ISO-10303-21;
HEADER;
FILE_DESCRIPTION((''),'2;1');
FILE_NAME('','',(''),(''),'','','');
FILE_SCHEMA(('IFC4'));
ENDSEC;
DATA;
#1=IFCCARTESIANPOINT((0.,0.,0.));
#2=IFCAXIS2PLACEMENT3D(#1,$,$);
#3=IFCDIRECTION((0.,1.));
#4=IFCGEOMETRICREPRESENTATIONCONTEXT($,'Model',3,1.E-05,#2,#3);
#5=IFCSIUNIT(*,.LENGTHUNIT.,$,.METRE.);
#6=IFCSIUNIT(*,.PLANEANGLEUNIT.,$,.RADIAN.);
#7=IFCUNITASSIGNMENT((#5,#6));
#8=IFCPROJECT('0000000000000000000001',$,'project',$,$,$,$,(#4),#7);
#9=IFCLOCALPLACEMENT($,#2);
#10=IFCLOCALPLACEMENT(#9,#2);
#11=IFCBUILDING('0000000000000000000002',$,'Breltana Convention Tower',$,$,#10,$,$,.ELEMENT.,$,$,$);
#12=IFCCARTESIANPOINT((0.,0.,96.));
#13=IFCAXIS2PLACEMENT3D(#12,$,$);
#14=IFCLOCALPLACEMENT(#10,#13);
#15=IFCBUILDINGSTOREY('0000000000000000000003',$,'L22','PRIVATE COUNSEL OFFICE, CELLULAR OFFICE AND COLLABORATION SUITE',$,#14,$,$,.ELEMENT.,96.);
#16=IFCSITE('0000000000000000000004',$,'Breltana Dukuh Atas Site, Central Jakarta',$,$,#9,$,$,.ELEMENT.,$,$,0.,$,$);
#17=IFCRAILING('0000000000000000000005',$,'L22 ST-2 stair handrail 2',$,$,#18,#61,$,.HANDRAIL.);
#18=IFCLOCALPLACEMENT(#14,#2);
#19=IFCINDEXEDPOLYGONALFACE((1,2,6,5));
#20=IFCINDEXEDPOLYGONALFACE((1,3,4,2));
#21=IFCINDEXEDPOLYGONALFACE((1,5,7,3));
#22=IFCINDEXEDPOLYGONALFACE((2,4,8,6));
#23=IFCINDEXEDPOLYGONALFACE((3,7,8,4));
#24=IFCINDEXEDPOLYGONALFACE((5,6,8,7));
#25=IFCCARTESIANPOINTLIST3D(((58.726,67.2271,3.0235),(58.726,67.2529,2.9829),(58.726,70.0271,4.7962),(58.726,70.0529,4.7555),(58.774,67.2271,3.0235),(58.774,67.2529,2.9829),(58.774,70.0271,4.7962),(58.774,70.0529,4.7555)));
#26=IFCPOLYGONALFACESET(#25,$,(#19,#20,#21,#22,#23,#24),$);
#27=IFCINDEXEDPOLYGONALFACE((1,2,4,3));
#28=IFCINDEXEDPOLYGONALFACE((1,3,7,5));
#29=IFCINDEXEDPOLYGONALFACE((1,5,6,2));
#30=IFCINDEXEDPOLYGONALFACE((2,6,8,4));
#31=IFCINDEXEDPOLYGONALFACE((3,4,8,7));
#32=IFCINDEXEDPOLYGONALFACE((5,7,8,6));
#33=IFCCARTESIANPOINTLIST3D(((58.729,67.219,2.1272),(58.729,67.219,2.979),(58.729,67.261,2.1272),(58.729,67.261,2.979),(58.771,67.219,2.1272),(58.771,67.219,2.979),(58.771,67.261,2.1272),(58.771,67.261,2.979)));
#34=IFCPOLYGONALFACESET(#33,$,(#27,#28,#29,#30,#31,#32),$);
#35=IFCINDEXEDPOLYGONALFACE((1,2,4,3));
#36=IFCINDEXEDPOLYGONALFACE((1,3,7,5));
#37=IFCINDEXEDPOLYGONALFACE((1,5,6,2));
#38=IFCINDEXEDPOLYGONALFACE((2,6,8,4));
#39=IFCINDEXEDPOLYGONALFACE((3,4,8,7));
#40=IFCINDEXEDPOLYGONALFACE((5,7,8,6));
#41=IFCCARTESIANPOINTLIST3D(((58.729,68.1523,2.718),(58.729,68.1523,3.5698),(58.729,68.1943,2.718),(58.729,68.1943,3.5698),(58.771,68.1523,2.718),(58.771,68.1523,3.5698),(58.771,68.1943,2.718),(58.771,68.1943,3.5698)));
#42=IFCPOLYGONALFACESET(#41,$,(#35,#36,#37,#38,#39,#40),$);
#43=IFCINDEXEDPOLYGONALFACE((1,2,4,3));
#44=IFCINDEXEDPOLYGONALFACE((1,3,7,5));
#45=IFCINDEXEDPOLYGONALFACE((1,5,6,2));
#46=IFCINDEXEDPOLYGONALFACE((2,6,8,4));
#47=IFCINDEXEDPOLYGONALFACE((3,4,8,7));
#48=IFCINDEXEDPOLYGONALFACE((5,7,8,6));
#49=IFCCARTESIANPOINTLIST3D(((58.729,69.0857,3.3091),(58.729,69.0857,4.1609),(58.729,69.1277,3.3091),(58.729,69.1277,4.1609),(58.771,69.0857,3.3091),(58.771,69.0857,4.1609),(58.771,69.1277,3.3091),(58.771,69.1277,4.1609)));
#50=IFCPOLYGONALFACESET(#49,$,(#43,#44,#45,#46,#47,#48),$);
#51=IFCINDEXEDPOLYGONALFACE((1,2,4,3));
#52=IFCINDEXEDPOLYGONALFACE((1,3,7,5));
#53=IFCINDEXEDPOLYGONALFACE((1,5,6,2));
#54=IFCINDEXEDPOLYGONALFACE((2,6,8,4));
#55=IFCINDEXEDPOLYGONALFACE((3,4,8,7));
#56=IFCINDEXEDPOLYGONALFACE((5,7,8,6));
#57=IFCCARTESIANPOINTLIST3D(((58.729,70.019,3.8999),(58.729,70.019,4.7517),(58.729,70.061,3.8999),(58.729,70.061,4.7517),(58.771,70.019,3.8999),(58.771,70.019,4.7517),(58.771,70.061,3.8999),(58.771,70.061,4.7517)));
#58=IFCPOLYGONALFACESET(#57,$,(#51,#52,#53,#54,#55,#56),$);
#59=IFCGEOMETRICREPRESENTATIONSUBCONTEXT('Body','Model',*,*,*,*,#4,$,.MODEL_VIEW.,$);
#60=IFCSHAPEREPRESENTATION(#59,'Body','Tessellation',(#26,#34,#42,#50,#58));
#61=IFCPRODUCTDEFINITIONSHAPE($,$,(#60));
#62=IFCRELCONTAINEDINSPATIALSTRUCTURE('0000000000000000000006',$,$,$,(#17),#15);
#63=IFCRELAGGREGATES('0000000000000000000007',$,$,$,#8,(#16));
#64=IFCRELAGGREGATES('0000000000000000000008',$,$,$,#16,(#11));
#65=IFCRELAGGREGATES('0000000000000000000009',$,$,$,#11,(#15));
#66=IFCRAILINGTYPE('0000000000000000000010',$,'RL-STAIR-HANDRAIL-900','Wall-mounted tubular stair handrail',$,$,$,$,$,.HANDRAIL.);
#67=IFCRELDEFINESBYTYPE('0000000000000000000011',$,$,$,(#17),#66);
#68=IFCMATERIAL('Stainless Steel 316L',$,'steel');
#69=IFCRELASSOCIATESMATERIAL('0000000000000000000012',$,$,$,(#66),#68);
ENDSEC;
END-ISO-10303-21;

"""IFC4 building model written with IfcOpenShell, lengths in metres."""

from ifc_helpers import new_model, si_unit, direction, frame, origin, origin_2d, place, context, subcontext, project, spatial, rectangle, extrude, material, type_object, element, save


model = new_model("IFC4")

# Units and contexts
model_context = context("Model", 3, precision=1e-05, world=origin(), true_north=direction((0.0, 1.0)))
body_context = subcontext(model_context, "Body", "Model", "MODEL_VIEW")
ifc_project = project(units=[si_unit("LENGTHUNIT", "METRE"), si_unit("PLANEANGLEUNIT", "RADIAN")], contexts=[model_context])

# Site, building, storey
site_placement = place(None, origin())
site = spatial("IfcSite", under=ifc_project, at=site_placement, Name="Breltana Dukuh Atas Site, Central Jakarta", CompositionType="ELEMENT", RefElevation=0.0)
building_placement = place(site_placement, origin())
building = spatial("IfcBuilding", under=site, at=building_placement, Name="Breltana Convention Tower", CompositionType="ELEMENT")
storey_placement = place(building_placement, frame((0.0, 0.0, 96.0)))
storey = spatial("IfcBuildingStorey", under=building, at=storey_placement, Name="L22", Description="PRIVATE COUNSEL OFFICE, CELLULAR OFFICE AND COLLABORATION SUITE", CompositionType="ELEMENT", Elevation=96.0)

# Railing
ifc_material_1 = material(Name="Stainless Steel 316L", Category="steel")
railing_type_1 = type_object("IfcRailingType", Name="RL-STAIR-HANDRAIL-900", Description="Wall-mounted tubular stair handrail", PredefinedType="HANDRAIL", material=ifc_material_1)
railing_1_placement = place(storey_placement, frame((58.75, 67.24, 2.1272)))
element("IfcRailing", 1, at=railing_1_placement, inside=storey, type_object=railing_type_1, Name="L22 ST-2 stair handrail 2", PredefinedType="HANDRAIL", context=body_context, shape_type="SweptSolid", body=[
    extrude(rectangle(XDim=0.0481, YDim=0.0481, at=origin_2d()), frame((0.0, 0.0, 0.876), z_axis=(0.0, 0.844909, 0.53491), x_axis=(-1.0, 0.0, 0.0)), (0.0, 0.0, 1.0), 3.314),
    extrude(rectangle(XDim=0.042, YDim=0.042, at=origin_2d()), origin(), (0.0, 0.0, 1.0), 0.8518),
    extrude(rectangle(XDim=0.042, YDim=0.042, at=origin_2d()), frame((0.0, 0.9333, 0.5908)), (0.0, 0.0, 1.0), 0.8518),
    extrude(rectangle(XDim=0.042, YDim=0.042, at=origin_2d()), frame((0.0, 1.8667, 1.1819)), (0.0, 0.0, 1.0), 0.8518),
    extrude(rectangle(XDim=0.042, YDim=0.042, at=origin_2d()), frame((0.0, 2.8, 1.7727)), (0.0, 0.0, 1.0), 0.8518),
])

save(model, "model.ifc")
